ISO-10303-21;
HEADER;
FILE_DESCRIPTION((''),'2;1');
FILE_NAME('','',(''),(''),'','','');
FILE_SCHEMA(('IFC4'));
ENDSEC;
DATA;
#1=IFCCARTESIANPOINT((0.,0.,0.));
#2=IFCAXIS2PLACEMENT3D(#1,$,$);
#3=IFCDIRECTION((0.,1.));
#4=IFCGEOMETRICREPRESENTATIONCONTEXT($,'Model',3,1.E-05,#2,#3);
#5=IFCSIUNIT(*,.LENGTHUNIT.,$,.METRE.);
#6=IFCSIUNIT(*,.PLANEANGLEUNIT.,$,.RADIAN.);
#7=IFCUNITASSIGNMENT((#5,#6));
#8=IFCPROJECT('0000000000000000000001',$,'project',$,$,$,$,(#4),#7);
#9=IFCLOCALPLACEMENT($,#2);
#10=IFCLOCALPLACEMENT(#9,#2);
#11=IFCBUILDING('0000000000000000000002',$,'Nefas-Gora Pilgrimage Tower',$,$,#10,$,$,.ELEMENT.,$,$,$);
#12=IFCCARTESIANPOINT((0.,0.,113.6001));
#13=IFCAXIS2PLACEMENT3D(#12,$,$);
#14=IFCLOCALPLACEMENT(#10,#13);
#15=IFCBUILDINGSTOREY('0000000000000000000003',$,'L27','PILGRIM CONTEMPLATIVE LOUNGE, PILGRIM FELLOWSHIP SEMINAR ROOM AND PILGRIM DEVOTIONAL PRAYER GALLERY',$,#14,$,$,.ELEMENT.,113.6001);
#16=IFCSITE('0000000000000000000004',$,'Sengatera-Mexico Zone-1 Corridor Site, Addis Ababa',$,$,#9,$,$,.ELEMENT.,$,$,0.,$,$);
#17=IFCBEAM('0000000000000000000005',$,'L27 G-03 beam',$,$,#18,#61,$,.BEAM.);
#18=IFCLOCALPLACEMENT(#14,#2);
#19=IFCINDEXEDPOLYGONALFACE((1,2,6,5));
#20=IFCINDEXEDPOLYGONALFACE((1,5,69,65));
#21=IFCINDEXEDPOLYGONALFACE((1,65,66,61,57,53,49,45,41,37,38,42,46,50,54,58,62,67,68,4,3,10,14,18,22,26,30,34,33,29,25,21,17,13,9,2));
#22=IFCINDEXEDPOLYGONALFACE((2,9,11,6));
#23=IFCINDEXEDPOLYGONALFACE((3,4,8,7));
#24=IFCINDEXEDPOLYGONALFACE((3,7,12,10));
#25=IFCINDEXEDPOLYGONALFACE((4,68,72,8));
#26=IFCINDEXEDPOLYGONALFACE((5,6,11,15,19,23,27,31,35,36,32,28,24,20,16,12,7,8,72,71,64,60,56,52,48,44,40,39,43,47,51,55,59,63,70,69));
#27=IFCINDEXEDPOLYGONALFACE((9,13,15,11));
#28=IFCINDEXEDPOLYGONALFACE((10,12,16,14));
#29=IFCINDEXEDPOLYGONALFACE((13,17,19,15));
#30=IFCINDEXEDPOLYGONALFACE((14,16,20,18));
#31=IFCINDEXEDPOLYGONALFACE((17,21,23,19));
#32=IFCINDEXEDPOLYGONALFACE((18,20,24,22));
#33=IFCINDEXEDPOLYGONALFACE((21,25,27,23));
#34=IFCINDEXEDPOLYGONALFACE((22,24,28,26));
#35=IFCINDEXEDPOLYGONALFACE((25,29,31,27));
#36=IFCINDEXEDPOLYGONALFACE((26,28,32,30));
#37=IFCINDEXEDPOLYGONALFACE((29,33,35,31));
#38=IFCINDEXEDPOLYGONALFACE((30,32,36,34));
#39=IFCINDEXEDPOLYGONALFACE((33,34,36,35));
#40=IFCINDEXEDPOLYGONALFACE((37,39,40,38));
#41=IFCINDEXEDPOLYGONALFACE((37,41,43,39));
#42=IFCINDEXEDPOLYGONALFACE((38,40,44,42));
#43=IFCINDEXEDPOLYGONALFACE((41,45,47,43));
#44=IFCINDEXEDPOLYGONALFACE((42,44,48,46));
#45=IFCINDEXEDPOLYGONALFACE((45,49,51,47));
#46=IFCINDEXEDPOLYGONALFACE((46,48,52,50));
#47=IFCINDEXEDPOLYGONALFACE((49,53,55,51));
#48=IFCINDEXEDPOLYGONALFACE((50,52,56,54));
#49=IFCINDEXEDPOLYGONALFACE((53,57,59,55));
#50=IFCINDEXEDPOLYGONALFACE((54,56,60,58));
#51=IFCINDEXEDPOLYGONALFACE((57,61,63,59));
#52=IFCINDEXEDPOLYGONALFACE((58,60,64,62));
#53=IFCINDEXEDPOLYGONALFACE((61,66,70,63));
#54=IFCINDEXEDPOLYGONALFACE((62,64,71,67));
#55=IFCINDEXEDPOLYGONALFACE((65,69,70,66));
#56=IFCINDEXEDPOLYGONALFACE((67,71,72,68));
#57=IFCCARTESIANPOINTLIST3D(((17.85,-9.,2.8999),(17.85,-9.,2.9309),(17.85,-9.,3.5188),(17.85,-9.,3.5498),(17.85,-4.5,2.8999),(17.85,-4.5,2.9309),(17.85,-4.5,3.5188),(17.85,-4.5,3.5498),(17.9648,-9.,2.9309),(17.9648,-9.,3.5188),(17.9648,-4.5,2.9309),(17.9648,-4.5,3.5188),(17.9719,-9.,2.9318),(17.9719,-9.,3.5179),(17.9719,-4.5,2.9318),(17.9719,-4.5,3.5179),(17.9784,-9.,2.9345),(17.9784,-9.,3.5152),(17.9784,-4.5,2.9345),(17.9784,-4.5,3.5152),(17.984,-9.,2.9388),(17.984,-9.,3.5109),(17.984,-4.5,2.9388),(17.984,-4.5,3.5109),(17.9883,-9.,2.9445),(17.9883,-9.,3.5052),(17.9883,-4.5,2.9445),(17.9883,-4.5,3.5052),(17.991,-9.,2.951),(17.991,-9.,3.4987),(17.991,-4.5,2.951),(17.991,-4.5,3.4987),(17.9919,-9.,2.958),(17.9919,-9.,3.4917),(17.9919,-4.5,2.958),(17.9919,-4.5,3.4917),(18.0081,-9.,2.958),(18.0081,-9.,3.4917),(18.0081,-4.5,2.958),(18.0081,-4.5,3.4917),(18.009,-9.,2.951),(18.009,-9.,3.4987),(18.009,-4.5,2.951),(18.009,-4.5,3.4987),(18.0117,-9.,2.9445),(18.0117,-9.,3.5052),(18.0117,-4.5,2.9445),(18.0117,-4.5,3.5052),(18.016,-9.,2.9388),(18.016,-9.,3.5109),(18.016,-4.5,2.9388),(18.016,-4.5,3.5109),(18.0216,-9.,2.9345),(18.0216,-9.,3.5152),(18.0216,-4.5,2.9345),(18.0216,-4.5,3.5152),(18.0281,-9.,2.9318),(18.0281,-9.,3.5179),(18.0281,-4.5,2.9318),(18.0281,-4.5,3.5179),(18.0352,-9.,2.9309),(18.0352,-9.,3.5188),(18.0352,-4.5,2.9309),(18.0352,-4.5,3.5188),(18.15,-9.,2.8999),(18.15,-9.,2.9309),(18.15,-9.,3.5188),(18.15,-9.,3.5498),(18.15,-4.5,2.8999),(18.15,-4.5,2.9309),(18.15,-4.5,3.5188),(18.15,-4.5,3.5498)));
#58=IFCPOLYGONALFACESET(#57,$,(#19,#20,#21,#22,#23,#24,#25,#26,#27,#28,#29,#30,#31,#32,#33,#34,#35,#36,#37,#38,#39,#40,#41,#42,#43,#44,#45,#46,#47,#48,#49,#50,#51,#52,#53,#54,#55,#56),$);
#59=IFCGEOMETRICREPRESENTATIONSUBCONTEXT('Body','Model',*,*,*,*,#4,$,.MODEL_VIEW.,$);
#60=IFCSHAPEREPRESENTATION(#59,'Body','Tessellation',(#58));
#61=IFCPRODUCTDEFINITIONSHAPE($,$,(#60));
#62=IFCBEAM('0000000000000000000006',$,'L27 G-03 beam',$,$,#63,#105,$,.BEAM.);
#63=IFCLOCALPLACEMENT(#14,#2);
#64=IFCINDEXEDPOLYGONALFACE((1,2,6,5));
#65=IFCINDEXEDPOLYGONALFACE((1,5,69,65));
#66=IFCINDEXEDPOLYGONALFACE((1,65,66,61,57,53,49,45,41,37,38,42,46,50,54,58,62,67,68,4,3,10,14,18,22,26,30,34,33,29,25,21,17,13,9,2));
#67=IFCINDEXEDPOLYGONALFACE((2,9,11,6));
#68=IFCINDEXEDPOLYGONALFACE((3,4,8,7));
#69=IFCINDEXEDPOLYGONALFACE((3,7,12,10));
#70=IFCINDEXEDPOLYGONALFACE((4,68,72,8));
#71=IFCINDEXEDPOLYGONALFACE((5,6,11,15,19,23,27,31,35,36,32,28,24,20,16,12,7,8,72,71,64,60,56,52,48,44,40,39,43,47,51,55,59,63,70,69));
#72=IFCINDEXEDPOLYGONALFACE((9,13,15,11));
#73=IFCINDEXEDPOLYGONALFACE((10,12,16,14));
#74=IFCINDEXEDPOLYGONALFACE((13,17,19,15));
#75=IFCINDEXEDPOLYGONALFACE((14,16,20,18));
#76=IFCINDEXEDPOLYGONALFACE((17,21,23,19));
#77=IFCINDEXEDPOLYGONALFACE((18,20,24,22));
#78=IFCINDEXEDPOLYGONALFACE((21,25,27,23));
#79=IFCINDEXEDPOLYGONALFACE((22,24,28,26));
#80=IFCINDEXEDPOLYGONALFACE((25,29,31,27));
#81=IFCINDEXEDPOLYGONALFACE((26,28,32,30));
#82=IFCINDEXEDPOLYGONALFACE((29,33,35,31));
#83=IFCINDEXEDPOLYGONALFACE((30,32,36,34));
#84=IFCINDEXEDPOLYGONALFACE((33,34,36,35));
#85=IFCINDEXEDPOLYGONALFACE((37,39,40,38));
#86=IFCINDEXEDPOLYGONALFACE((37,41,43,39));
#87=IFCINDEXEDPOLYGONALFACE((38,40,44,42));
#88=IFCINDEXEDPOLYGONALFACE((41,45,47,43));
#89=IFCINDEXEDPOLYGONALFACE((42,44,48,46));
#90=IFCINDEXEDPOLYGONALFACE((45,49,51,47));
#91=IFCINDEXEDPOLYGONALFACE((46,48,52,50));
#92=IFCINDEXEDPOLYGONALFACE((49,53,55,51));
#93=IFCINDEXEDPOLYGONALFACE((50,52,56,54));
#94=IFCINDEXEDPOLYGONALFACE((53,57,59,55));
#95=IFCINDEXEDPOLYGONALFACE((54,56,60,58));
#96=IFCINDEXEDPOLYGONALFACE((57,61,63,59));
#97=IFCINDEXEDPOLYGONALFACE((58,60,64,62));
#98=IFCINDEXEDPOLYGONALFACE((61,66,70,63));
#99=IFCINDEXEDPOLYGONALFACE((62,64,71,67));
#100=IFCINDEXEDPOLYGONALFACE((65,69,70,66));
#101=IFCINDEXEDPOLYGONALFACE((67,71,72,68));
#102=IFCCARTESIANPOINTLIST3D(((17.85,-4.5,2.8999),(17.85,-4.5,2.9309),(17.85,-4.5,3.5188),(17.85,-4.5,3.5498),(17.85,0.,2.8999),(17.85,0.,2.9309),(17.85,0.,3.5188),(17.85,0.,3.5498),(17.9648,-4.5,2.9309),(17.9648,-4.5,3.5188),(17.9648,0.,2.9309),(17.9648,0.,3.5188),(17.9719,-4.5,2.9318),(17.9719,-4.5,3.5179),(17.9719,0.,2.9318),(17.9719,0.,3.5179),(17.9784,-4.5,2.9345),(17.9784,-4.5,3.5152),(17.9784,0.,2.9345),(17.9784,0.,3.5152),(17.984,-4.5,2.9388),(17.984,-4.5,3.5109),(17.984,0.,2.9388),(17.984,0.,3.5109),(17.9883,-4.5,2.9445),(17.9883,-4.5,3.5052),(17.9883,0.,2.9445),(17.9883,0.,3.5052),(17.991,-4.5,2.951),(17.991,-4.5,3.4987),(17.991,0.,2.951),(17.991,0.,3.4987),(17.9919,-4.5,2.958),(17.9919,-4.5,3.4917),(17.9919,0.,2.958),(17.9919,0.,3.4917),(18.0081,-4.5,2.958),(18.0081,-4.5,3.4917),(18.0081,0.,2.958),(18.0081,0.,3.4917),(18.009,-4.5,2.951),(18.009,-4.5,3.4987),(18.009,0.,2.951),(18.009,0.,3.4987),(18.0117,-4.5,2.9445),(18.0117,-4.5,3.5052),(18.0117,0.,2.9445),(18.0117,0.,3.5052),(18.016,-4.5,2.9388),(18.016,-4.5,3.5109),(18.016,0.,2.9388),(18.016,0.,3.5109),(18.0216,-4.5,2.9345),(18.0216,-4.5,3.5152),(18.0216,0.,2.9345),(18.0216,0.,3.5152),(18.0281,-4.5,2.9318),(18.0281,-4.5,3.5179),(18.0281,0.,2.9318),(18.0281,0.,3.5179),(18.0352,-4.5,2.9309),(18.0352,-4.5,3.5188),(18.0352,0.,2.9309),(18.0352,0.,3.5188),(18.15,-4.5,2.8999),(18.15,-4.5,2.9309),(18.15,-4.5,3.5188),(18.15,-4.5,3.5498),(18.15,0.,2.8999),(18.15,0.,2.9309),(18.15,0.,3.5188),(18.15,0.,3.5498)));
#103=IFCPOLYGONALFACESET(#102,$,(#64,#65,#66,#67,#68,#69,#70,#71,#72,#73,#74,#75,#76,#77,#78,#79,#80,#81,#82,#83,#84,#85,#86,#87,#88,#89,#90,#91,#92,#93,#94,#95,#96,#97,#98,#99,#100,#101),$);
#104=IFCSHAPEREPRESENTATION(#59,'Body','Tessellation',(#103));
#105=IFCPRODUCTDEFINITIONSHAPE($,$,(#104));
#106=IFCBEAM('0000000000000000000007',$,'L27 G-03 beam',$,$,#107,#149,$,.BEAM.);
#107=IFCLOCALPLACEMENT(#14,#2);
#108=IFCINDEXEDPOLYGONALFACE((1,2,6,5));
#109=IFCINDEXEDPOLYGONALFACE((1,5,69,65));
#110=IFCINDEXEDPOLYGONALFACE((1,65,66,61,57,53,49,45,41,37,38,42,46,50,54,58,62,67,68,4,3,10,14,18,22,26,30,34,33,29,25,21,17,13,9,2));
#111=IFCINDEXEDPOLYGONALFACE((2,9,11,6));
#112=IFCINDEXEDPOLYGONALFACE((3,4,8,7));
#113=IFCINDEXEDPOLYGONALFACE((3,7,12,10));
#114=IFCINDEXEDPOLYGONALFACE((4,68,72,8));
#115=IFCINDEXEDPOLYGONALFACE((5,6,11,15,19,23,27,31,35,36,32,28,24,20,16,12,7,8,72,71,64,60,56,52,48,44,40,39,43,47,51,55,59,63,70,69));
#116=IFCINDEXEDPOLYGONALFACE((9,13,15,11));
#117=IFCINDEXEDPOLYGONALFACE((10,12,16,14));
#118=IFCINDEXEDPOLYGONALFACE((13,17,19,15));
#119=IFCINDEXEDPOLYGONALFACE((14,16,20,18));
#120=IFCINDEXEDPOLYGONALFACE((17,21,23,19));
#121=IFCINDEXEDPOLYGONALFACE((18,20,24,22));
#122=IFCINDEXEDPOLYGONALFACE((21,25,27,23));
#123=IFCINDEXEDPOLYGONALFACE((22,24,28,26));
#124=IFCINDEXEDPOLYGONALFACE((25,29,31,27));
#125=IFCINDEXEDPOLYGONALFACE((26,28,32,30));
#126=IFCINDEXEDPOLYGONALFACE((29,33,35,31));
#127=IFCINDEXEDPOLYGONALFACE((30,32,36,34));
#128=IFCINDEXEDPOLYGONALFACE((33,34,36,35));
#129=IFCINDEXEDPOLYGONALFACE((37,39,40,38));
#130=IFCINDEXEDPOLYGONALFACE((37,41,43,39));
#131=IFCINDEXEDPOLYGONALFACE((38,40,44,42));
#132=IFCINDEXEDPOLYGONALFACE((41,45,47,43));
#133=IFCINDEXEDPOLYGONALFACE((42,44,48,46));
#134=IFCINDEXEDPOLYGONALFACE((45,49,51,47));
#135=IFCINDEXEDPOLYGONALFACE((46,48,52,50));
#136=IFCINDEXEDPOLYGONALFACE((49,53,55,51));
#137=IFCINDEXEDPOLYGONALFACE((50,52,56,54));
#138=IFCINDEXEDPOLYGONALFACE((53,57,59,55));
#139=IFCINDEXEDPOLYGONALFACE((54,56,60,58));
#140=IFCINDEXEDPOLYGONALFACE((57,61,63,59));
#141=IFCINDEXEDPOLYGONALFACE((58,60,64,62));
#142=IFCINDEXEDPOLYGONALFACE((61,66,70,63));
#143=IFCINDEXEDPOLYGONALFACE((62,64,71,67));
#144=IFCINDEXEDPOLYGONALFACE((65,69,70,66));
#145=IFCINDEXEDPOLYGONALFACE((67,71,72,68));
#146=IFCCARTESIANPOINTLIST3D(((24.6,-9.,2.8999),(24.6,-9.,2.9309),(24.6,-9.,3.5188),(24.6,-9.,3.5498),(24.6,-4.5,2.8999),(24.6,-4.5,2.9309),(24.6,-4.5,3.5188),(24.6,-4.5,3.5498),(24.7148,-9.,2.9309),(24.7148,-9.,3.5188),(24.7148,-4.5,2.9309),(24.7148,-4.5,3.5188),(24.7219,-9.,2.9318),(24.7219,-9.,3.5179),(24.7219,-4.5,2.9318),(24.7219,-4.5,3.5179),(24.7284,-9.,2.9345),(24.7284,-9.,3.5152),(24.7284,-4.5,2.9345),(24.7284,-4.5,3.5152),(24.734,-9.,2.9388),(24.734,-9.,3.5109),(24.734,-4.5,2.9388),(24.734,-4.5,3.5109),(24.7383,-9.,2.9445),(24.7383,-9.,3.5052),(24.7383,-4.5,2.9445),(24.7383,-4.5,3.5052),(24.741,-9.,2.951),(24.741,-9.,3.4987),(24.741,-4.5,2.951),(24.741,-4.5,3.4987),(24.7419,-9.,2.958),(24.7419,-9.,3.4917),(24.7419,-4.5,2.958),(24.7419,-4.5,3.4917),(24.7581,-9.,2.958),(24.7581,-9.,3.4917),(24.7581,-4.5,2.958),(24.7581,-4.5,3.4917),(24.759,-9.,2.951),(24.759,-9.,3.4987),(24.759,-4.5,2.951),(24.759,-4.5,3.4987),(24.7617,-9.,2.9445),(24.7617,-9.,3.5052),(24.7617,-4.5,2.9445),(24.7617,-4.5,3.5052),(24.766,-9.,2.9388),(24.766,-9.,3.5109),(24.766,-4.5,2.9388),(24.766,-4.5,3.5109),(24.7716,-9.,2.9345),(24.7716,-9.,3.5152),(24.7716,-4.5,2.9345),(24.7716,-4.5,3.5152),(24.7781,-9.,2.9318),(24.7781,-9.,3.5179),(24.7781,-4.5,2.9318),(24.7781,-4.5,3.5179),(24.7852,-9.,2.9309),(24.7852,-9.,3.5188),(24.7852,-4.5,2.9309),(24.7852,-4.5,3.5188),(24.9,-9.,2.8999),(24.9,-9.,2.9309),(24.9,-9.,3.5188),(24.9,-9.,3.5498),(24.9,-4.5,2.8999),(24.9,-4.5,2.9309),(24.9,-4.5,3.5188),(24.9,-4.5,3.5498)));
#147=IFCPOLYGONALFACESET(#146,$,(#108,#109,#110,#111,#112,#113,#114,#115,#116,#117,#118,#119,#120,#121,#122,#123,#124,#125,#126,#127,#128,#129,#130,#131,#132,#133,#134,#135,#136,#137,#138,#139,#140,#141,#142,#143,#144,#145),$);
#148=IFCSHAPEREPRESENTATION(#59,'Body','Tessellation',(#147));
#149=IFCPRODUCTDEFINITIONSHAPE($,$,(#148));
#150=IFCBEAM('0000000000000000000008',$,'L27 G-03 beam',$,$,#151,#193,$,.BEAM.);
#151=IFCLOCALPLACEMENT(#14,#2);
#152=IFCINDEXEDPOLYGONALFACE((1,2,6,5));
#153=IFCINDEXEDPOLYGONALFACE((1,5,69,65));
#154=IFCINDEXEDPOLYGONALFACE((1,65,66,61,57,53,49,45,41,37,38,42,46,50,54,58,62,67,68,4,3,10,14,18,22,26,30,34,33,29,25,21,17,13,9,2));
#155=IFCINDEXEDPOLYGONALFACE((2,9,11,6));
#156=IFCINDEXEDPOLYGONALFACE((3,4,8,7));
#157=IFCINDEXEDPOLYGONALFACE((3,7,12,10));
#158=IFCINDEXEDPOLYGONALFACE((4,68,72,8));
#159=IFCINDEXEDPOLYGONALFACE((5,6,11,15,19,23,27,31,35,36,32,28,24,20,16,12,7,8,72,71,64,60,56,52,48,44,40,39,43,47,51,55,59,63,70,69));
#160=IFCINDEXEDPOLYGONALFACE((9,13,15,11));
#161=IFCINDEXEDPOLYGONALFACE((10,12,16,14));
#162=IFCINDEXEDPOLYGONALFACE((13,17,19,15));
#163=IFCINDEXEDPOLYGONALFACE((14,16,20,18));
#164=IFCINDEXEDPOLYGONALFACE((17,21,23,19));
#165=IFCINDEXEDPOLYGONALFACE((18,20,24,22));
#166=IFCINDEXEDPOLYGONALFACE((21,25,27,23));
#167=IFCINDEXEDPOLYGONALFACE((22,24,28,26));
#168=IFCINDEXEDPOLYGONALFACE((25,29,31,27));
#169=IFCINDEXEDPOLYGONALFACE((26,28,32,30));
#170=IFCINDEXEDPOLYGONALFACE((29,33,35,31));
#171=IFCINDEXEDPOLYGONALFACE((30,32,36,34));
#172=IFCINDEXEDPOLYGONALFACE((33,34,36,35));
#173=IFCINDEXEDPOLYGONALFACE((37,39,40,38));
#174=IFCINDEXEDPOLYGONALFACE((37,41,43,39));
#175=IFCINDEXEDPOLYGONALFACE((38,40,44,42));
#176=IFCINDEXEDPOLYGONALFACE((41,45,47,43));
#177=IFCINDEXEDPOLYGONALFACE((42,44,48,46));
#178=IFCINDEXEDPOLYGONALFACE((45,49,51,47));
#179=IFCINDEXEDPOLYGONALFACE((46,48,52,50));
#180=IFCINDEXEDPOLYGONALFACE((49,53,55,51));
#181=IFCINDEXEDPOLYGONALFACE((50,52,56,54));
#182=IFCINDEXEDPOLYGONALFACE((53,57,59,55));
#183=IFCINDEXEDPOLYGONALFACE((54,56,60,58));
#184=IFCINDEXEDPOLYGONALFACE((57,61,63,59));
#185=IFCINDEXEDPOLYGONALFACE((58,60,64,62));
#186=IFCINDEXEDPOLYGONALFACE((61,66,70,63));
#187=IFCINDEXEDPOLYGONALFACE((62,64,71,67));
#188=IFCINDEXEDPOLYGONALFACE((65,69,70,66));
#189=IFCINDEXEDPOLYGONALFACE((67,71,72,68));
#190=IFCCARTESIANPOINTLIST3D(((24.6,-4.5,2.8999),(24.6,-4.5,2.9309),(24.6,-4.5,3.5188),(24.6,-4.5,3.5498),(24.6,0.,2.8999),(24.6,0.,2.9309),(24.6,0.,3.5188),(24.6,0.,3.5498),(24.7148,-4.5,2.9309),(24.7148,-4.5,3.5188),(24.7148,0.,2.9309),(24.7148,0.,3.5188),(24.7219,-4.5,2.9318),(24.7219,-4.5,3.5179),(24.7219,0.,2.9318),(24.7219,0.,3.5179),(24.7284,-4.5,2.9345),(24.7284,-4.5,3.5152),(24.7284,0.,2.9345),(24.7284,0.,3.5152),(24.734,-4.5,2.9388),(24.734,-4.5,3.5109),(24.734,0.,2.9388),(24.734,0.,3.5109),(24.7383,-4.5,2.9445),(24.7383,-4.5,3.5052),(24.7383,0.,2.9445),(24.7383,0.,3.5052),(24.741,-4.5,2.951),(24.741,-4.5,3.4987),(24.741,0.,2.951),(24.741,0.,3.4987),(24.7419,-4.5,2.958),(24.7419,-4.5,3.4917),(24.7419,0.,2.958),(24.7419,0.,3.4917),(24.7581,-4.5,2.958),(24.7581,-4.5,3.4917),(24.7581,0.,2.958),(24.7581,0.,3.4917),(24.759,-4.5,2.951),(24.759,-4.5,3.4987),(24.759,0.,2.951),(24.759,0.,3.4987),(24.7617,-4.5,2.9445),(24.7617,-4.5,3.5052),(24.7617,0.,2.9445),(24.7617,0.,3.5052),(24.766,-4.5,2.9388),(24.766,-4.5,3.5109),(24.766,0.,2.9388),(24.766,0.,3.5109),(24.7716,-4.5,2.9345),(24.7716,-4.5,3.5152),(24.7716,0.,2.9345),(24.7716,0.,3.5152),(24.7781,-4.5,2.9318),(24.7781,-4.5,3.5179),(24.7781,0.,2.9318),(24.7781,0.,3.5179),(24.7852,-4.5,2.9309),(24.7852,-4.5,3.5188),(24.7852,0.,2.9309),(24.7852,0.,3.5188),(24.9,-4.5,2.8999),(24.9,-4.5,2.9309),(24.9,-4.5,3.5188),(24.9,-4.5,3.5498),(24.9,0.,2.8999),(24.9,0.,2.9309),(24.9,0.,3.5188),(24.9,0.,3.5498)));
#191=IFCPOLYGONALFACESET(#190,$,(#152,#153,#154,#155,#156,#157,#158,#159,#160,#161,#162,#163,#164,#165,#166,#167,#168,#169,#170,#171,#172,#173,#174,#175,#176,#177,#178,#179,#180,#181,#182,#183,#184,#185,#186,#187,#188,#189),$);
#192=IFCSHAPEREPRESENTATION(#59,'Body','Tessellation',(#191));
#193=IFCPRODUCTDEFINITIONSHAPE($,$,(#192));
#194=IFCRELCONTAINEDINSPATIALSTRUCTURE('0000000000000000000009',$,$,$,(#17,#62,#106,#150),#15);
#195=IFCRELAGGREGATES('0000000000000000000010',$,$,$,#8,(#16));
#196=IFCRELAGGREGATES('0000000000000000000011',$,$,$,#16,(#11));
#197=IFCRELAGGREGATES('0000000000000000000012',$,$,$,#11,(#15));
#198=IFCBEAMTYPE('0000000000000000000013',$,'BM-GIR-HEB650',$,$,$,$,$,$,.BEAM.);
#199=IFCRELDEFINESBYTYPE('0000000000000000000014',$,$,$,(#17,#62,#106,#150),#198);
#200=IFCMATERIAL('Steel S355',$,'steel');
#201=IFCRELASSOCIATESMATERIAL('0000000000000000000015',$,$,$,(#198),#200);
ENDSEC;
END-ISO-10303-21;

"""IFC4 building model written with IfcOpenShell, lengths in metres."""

from ifc_helpers import new_model, si_unit, direction, frame, origin, origin_2d, place, context, subcontext, project, spatial, i_section, extrude, source, transform, mapped, material, material_profile, profile_set, type_object, element, save


model = new_model("IFC4")

# Units and contexts
model_context = context("Model", 3, precision=1e-05, world=origin(), true_north=direction((0.0, 1.0)))
body_context = subcontext(model_context, "Body", "Model", "MODEL_VIEW")
ifc_project = project(units=[si_unit("LENGTHUNIT", "METRE"), si_unit("PLANEANGLEUNIT", "RADIAN")], contexts=[model_context])

# Site, building, storey
site_placement = place(None, origin())
site = spatial("IfcSite", under=ifc_project, at=site_placement, Name="Sengatera-Mexico Zone-1 Corridor Site, Addis Ababa", CompositionType="ELEMENT", RefElevation=0.0)
building_placement = place(site_placement, origin())
building = spatial("IfcBuilding", under=site, at=building_placement, Name="Nefas-Gora Pilgrimage Tower", CompositionType="ELEMENT")
storey_placement = place(building_placement, frame((0.0, 0.0, 113.6001)))
storey = spatial("IfcBuildingStorey", under=building, at=storey_placement, Name="L27", Description="PILGRIM CONTEMPLATIVE LOUNGE, PILGRIM FELLOWSHIP SEMINAR ROOM AND PILGRIM DEVOTIONAL PRAYER GALLERY", CompositionType="ELEMENT", Elevation=113.6001)

# Beams
ifc_material_1 = material(Name="Steel S355", Category="steel")
ifc_material_profile_1 = material_profile(ifc_material_1, i_section(OverallWidth=0.3, OverallDepth=0.6499, WebThickness=0.0161, FlangeThickness=0.031, FilletRadius=0.0271, at=origin_2d()), Name="HEB 650")
ifc_profile_set_1 = profile_set([ifc_material_profile_1], Name="Steel S355")
beam_type_1 = type_object("IfcBeamType", Name="BM-GIR-HEB650", PredefinedType="BEAM", material=ifc_profile_set_1)
shared_shape_1 = source(origin(), body_context, "Body", "SweptSolid", [
    extrude(i_section(OverallWidth=0.3, OverallDepth=0.6499, WebThickness=0.0161, FlangeThickness=0.031, FilletRadius=0.0271, at=origin_2d()), origin(), (0.0, 0.0, 1.0), 4.5),
])
for number, where, z_axis, x_axis, name in (
    (1, (18.0, -9.0, 3.2249), (0.0, 1.0, 0.0), (-1.0, 0.0, 0.0), "L27 G-03 beam"),
    (2, (18.0, -4.5, 3.2249), (0.0, 1.0, 0.0), (-1.0, 0.0, 0.0), "L27 G-03 beam"),
    (3, (24.75, -9.0, 3.2249), (0.0, 1.0, 0.0), (-1.0, 0.0, 0.0), "L27 G-03 beam"),
    (4, (24.75, -4.5, 3.2249), (0.0, 1.0, 0.0), (-1.0, 0.0, 0.0), "L27 G-03 beam"),
):
    element("IfcBeam", number, at=place(storey_placement, frame(where, z_axis=z_axis, x_axis=x_axis)), inside=storey, type_object=beam_type_1, Name=name, PredefinedType="BEAM", context=body_context, shape_type="MappedRepresentation", body=[
        mapped(shared_shape_1, transform((0.0, 0.0, 0.0), x_axis=(1.0, 0.0, 0.0), y_axis=(0.0, 1.0, 0.0), z_axis=(0.0, 0.0, 1.0), scale=1.0)),
    ])

save(model, "model.ifc")
